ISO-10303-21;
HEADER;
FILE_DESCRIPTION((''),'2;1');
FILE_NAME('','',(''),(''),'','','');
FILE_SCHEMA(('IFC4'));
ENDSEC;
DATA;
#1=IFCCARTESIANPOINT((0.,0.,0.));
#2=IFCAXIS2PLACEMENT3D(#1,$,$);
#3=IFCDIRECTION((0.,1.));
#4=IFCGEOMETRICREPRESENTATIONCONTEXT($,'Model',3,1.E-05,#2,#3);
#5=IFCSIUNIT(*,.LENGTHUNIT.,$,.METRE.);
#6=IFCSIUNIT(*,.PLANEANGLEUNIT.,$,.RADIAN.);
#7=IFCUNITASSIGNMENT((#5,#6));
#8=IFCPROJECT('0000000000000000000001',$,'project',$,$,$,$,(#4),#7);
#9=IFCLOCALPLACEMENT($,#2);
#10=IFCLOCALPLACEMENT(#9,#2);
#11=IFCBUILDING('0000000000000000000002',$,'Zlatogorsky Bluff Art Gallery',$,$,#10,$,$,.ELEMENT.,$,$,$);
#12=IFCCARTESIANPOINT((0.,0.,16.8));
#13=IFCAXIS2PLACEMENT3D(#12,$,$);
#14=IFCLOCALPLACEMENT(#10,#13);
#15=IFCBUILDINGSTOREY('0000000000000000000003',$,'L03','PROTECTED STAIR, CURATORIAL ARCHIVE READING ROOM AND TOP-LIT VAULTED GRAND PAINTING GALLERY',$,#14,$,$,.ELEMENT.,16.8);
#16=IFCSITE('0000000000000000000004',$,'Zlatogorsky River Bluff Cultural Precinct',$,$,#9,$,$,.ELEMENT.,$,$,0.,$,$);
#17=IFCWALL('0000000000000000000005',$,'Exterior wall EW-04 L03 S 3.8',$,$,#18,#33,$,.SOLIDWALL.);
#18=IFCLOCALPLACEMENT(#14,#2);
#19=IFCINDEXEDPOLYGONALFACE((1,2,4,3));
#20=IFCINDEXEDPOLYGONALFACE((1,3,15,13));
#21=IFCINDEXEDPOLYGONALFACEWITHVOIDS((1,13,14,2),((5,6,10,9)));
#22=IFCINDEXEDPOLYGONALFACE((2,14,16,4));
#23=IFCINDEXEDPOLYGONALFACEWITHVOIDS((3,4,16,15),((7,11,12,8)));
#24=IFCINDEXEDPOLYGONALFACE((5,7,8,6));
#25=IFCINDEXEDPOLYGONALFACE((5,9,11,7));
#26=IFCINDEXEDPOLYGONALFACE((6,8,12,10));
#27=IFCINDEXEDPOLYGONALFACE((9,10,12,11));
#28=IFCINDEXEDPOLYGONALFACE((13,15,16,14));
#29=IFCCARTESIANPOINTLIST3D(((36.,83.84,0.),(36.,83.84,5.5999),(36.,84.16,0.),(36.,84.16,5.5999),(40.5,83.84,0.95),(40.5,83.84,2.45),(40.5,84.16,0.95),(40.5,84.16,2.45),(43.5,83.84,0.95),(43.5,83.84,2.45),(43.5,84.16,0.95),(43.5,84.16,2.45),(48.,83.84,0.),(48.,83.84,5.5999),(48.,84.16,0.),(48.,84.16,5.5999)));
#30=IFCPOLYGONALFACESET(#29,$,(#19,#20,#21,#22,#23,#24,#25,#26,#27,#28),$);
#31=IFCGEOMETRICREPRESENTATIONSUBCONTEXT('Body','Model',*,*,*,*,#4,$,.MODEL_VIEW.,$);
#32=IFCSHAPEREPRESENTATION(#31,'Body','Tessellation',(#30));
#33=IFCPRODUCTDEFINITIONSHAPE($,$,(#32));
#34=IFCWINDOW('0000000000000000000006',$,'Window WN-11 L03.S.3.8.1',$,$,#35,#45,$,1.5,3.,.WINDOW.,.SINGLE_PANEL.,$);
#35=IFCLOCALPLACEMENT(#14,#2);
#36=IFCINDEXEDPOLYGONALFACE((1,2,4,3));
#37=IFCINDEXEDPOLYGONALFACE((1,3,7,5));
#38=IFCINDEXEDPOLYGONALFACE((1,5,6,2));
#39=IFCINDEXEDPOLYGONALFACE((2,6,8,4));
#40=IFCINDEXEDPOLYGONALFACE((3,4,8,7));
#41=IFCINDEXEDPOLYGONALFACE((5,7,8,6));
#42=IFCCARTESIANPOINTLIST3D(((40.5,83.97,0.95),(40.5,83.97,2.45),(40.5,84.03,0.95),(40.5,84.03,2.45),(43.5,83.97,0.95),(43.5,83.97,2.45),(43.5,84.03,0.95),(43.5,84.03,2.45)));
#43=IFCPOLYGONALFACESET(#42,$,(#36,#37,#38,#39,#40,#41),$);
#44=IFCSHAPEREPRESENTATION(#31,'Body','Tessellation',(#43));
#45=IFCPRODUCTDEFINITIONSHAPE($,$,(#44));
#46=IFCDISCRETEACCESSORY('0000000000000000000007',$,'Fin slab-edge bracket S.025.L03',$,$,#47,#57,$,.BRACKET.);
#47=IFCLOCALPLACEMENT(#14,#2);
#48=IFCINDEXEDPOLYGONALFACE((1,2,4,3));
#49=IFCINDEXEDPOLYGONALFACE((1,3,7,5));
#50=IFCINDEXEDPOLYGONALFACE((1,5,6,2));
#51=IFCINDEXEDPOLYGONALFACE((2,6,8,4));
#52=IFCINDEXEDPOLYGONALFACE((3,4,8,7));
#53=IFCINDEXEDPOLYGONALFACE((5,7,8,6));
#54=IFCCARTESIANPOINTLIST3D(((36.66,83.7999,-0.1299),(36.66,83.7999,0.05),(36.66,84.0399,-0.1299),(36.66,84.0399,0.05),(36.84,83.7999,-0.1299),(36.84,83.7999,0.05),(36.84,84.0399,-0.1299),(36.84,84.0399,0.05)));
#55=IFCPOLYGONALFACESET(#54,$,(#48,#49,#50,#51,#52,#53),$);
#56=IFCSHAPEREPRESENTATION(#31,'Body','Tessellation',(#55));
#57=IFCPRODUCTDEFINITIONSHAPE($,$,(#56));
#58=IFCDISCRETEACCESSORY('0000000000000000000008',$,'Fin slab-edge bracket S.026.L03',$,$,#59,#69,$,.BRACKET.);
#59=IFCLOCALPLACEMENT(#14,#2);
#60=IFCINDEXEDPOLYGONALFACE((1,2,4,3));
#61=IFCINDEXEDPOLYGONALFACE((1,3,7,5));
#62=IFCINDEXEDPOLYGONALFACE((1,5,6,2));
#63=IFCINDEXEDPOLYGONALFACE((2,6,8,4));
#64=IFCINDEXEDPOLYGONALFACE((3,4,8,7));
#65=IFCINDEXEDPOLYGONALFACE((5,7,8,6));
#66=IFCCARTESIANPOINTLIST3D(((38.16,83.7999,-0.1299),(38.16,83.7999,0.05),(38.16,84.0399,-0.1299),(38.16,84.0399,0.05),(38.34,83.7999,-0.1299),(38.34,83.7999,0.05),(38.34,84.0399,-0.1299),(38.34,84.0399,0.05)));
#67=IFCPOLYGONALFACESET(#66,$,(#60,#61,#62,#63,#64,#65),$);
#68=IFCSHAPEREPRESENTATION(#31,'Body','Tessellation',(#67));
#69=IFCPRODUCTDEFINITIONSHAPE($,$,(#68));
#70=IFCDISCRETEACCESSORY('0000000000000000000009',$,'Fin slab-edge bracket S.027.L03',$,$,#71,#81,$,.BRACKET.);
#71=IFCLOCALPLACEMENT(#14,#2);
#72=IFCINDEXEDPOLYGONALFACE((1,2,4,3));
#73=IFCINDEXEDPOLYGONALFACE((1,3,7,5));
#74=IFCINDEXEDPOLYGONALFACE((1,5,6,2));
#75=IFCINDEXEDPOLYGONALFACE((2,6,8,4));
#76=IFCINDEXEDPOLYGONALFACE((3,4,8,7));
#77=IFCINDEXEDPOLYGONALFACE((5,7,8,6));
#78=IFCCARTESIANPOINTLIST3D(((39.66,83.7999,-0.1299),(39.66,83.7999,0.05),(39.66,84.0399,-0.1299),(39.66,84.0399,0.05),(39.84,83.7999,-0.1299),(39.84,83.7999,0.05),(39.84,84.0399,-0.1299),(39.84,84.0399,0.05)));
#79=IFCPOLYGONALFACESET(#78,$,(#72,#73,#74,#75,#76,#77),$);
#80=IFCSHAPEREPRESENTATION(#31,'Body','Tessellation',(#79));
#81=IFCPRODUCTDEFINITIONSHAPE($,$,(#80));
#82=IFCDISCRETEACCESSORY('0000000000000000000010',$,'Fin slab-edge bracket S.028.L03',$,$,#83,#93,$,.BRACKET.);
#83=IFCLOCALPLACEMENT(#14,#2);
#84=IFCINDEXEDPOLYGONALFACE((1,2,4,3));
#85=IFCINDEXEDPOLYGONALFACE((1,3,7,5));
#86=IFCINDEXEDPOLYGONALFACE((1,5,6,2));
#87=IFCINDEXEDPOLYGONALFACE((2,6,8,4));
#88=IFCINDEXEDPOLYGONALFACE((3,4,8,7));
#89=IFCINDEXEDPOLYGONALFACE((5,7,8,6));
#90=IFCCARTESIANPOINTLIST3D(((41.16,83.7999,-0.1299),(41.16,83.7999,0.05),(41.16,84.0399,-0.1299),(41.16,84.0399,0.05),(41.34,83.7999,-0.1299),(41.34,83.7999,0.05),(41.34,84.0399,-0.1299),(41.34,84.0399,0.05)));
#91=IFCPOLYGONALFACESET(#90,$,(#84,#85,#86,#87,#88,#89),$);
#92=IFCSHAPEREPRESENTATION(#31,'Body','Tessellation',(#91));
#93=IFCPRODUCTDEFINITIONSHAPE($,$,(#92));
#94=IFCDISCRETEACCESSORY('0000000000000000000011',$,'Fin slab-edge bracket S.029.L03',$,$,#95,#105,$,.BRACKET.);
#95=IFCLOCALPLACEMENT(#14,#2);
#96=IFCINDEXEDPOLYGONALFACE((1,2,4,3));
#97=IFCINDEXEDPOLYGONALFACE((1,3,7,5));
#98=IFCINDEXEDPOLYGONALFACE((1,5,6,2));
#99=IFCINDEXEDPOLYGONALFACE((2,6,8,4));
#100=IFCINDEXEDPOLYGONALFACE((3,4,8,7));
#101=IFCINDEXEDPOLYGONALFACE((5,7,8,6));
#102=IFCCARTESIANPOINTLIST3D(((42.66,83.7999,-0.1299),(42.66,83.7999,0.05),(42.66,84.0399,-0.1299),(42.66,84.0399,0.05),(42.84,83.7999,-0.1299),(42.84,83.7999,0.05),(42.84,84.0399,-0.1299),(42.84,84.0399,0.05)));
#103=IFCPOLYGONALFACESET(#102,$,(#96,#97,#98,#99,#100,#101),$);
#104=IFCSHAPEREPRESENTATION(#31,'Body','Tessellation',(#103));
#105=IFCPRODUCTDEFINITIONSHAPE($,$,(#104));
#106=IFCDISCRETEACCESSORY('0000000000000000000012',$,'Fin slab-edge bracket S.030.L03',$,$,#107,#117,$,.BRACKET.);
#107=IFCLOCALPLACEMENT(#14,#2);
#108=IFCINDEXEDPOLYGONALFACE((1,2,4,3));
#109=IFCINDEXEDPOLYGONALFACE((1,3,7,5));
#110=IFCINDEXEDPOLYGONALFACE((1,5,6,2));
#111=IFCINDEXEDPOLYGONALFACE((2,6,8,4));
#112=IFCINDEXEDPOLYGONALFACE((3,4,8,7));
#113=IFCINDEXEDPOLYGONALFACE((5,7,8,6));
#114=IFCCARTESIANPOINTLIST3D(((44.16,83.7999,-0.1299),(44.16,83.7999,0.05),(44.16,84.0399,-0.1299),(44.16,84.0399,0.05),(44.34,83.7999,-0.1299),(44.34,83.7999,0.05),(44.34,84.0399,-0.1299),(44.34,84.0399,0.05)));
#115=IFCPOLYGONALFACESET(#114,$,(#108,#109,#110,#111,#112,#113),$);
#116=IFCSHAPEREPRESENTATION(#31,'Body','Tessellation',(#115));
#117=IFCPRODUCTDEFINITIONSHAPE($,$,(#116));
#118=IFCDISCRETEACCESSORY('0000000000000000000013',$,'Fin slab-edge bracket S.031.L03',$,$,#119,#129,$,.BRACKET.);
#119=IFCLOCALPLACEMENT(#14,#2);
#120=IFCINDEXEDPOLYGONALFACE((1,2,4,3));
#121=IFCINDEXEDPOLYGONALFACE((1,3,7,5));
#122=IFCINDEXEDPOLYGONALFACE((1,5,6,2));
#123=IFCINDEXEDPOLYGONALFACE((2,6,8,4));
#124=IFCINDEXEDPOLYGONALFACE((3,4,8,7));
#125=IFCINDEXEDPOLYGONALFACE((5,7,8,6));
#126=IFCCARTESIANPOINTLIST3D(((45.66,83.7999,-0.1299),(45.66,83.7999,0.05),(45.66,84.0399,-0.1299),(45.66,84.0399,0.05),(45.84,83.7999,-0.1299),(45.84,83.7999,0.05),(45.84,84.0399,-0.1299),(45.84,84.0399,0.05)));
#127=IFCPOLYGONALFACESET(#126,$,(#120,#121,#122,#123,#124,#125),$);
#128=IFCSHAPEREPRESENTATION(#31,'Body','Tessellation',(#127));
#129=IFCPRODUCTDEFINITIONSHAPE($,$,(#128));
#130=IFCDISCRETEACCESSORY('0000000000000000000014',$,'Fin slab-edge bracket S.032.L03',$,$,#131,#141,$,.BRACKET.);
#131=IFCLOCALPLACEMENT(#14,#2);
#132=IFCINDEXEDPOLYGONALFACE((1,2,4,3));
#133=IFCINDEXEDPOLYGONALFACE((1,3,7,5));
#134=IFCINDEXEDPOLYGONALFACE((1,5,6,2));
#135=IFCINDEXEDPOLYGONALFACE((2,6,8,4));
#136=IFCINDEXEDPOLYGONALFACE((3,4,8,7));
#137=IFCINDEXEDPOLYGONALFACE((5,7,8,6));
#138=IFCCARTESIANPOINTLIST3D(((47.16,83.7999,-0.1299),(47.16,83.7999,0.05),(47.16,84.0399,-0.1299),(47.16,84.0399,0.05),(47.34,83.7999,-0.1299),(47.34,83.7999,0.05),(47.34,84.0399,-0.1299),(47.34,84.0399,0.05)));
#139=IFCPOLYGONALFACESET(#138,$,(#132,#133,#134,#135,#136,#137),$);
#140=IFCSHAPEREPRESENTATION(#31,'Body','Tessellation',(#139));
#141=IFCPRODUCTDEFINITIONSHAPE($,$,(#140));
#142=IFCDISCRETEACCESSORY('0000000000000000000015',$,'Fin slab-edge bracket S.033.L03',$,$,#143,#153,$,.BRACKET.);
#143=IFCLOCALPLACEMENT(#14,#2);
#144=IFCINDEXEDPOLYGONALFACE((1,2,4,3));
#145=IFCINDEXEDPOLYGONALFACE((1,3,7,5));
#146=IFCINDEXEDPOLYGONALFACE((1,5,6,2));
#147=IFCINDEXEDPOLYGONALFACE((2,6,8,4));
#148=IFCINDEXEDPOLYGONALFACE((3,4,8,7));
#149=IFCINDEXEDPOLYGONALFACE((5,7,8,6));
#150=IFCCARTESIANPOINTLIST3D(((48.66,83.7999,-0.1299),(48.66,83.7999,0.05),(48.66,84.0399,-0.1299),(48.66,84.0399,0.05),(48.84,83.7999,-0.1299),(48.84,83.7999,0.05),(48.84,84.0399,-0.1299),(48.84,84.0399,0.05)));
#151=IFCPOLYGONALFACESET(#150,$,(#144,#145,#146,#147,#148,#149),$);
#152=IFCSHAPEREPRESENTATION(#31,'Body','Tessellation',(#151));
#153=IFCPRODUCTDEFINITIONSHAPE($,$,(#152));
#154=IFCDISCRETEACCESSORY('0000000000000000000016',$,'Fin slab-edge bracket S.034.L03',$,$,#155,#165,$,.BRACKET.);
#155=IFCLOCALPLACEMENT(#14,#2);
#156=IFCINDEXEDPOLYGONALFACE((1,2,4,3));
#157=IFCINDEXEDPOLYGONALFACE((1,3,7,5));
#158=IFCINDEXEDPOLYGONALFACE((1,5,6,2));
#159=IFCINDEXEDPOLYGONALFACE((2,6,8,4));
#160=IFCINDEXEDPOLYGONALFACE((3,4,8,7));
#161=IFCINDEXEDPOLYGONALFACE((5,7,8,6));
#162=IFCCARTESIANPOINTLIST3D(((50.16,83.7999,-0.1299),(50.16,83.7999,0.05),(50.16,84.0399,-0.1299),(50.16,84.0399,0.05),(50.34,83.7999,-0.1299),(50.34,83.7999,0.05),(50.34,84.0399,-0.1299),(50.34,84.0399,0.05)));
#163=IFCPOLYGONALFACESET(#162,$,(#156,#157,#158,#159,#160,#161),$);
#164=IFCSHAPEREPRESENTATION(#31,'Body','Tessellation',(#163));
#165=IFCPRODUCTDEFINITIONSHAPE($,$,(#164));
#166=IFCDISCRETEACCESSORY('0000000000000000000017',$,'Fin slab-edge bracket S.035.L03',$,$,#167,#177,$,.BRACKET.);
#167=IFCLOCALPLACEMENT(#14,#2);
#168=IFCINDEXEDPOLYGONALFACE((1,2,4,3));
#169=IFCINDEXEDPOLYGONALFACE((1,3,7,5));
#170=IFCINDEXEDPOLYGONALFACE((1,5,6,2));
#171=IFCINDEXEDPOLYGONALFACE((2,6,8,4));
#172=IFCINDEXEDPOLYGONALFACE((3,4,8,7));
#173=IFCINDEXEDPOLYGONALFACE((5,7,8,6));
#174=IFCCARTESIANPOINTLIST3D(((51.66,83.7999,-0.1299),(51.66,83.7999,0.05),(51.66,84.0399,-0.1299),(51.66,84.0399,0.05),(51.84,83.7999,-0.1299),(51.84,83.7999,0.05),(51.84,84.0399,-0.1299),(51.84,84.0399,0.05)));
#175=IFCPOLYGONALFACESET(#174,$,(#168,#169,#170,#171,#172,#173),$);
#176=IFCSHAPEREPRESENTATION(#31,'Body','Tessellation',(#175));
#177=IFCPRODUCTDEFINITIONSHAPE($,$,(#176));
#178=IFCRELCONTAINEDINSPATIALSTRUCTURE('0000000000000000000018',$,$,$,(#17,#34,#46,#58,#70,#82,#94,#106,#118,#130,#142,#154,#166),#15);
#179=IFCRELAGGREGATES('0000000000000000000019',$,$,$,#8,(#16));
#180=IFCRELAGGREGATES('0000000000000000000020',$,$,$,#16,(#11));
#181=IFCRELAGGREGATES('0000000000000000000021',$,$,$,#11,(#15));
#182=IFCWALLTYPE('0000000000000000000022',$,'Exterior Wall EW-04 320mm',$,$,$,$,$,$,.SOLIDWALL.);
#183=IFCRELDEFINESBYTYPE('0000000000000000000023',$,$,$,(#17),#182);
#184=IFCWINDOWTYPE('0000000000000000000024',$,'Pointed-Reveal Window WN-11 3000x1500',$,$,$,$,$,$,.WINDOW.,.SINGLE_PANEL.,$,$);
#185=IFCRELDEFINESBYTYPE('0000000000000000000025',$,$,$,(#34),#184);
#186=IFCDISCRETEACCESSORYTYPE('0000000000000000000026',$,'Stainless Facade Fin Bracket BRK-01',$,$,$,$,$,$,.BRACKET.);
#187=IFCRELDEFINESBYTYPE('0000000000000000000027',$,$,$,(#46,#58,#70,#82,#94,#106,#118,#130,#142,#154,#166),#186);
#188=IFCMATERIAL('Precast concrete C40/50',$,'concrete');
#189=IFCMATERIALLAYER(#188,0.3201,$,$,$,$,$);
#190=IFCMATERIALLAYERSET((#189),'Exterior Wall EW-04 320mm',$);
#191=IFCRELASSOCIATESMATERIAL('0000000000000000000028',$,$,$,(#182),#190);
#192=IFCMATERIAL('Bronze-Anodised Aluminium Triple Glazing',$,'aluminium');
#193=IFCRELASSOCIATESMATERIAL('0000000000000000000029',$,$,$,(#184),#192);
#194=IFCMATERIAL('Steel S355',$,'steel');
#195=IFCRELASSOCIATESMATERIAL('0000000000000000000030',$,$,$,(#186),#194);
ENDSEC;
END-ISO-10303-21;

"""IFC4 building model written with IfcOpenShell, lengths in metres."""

from ifc_helpers import new_model, si_unit, direction, frame, frame_2d, origin, origin_2d, place, context, subcontext, project, spatial, rectangle, extrude, material, layer, layer_set, type_object, element, fill, save


model = new_model("IFC4")

# Units and contexts
model_context = context("Model", 3, precision=1e-05, world=origin(), true_north=direction((0.0, 1.0)))
body_context = subcontext(model_context, "Body", "Model", "MODEL_VIEW")
ifc_project = project(units=[si_unit("LENGTHUNIT", "METRE"), si_unit("PLANEANGLEUNIT", "RADIAN")], contexts=[model_context])

# Site, building, storey
site_placement = place(None, origin())
site = spatial("IfcSite", under=ifc_project, at=site_placement, Name="Zlatogorsky River Bluff Cultural Precinct", CompositionType="ELEMENT", RefElevation=0.0)
building_placement = place(site_placement, origin())
building = spatial("IfcBuilding", under=site, at=building_placement, Name="Zlatogorsky Bluff Art Gallery", CompositionType="ELEMENT")
storey_placement = place(building_placement, frame((0.0, 0.0, 16.8)))
storey = spatial("IfcBuildingStorey", under=building, at=storey_placement, Name="L03", Description="PROTECTED STAIR, CURATORIAL ARCHIVE READING ROOM AND TOP-LIT VAULTED GRAND PAINTING GALLERY", CompositionType="ELEMENT", Elevation=16.8)

# Shared definitions
ifc_material_1 = material(Name="Steel S355", Category="steel")

# Wall, opening, window
ifc_material_2 = material(Name="Precast concrete C40/50", Category="concrete")
ifc_layer_1 = layer(ifc_material_2, 0.3201)
ifc_layer_set_1 = layer_set([ifc_layer_1], Name="Exterior Wall EW-04 320mm")
wall_type = type_object("IfcWallType", Name="Exterior Wall EW-04 320mm", PredefinedType="SOLIDWALL", material=ifc_layer_set_1)
wall_placement = place(storey_placement, frame((36.0, 84.0, 0.0), z_axis=(0.0, 0.0, 1.0), x_axis=(1.0, 0.0, 0.0)))
wall = element("IfcWall", 1, at=wall_placement, inside=storey, type_object=wall_type, Name="Exterior wall EW-04 L03 S 3.8", PredefinedType="SOLIDWALL", context=body_context, shape_type="SweptSolid", body=[
    extrude(rectangle(XDim=12.0, YDim=0.3201, at=frame_2d((6.0, 0.0))), origin(), (0.0, 0.0, 1.0), 5.5999),
])
opening_placement = place(wall_placement, frame((4.5, 0.0, 0.95)))
opening = element("IfcOpeningElement", 2, at=opening_placement, cuts=wall, PredefinedType="OPENING", context=body_context, shape_type="SweptSolid", body=[
    extrude(rectangle(XDim=3.0, YDim=1.5, at=frame_2d((1.5, 0.75))), frame((0.0, 0.1699, 0.0), z_axis=(0.0, -1.0, 0.0), x_axis=(1.0, 0.0, 0.0)), (0.0, 0.0, 1.0), 0.3401),
])
ifc_material_3 = material(Name="Bronze-Anodised Aluminium Triple Glazing", Category="aluminium")
window_type = type_object("IfcWindowType", Name="Pointed-Reveal Window WN-11 3000x1500", PartitioningType="SINGLE_PANEL", PredefinedType="WINDOW", material=ifc_material_3)
window_placement = place(opening_placement, origin())
window = element("IfcWindow", 3, at=window_placement, inside=storey, type_object=window_type, Name="Window WN-11 L03.S.3.8.1", OverallHeight=1.5, OverallWidth=3.0, PartitioningType="SINGLE_PANEL", PredefinedType="WINDOW", context=body_context, shape_type="SweptSolid", body=[
    extrude(rectangle(XDim=3.0, YDim=1.5, at=frame_2d((1.5, 0.75))), frame((0.0, 0.03, 0.0), z_axis=(0.0, -1.0, 0.0), x_axis=(1.0, 0.0, 0.0)), (0.0, 0.0, 1.0), 0.0601),
])
fill(opening, window)

# Discrete accessories
discrete_accessory_type = type_object("IfcDiscreteAccessoryType", Name="Stainless Facade Fin Bracket BRK-01", PredefinedType="BRACKET", material=ifc_material_1)
for number, where, z_axis, x_axis, name in (
    (4, (36.75, 83.9199, -0.1299), (0.0, 0.0, 1.0), (1.0, 0.0, 0.0), "Fin slab-edge bracket S.025.L03"),
    (5, (38.25, 83.9199, -0.1299), (0.0, 0.0, 1.0), (1.0, 0.0, 0.0), "Fin slab-edge bracket S.026.L03"),
    (6, (39.75, 83.9199, -0.1299), (0.0, 0.0, 1.0), (1.0, 0.0, 0.0), "Fin slab-edge bracket S.027.L03"),
    (7, (41.25, 83.9199, -0.1299), (0.0, 0.0, 1.0), (1.0, 0.0, 0.0), "Fin slab-edge bracket S.028.L03"),
    (8, (42.75, 83.9199, -0.1299), (0.0, 0.0, 1.0), (1.0, 0.0, 0.0), "Fin slab-edge bracket S.029.L03"),
    (9, (44.25, 83.9199, -0.1299), (0.0, 0.0, 1.0), (1.0, 0.0, 0.0), "Fin slab-edge bracket S.030.L03"),
    (10, (45.75, 83.9199, -0.1299), (0.0, 0.0, 1.0), (1.0, 0.0, 0.0), "Fin slab-edge bracket S.031.L03"),
    (11, (47.25, 83.9199, -0.1299), (0.0, 0.0, 1.0), (1.0, 0.0, 0.0), "Fin slab-edge bracket S.032.L03"),
    (12, (48.75, 83.9199, -0.1299), (0.0, 0.0, 1.0), (1.0, 0.0, 0.0), "Fin slab-edge bracket S.033.L03"),
    (13, (50.25, 83.9199, -0.1299), (0.0, 0.0, 1.0), (1.0, 0.0, 0.0), "Fin slab-edge bracket S.034.L03"),
    (14, (51.75, 83.9199, -0.1299), (0.0, 0.0, 1.0), (1.0, 0.0, 0.0), "Fin slab-edge bracket S.035.L03"),
):
    element("IfcDiscreteAccessory", number, at=place(storey_placement, frame(where, z_axis=z_axis, x_axis=x_axis)), inside=storey, type_object=discrete_accessory_type, Name=name, PredefinedType="BRACKET", context=body_context, shape_type="SweptSolid", body=[
        extrude(rectangle(XDim=0.1799, YDim=0.24, at=origin_2d()), origin(), (0.0, 0.0, 1.0), 0.1799),
    ])

save(model, "model.ifc")
